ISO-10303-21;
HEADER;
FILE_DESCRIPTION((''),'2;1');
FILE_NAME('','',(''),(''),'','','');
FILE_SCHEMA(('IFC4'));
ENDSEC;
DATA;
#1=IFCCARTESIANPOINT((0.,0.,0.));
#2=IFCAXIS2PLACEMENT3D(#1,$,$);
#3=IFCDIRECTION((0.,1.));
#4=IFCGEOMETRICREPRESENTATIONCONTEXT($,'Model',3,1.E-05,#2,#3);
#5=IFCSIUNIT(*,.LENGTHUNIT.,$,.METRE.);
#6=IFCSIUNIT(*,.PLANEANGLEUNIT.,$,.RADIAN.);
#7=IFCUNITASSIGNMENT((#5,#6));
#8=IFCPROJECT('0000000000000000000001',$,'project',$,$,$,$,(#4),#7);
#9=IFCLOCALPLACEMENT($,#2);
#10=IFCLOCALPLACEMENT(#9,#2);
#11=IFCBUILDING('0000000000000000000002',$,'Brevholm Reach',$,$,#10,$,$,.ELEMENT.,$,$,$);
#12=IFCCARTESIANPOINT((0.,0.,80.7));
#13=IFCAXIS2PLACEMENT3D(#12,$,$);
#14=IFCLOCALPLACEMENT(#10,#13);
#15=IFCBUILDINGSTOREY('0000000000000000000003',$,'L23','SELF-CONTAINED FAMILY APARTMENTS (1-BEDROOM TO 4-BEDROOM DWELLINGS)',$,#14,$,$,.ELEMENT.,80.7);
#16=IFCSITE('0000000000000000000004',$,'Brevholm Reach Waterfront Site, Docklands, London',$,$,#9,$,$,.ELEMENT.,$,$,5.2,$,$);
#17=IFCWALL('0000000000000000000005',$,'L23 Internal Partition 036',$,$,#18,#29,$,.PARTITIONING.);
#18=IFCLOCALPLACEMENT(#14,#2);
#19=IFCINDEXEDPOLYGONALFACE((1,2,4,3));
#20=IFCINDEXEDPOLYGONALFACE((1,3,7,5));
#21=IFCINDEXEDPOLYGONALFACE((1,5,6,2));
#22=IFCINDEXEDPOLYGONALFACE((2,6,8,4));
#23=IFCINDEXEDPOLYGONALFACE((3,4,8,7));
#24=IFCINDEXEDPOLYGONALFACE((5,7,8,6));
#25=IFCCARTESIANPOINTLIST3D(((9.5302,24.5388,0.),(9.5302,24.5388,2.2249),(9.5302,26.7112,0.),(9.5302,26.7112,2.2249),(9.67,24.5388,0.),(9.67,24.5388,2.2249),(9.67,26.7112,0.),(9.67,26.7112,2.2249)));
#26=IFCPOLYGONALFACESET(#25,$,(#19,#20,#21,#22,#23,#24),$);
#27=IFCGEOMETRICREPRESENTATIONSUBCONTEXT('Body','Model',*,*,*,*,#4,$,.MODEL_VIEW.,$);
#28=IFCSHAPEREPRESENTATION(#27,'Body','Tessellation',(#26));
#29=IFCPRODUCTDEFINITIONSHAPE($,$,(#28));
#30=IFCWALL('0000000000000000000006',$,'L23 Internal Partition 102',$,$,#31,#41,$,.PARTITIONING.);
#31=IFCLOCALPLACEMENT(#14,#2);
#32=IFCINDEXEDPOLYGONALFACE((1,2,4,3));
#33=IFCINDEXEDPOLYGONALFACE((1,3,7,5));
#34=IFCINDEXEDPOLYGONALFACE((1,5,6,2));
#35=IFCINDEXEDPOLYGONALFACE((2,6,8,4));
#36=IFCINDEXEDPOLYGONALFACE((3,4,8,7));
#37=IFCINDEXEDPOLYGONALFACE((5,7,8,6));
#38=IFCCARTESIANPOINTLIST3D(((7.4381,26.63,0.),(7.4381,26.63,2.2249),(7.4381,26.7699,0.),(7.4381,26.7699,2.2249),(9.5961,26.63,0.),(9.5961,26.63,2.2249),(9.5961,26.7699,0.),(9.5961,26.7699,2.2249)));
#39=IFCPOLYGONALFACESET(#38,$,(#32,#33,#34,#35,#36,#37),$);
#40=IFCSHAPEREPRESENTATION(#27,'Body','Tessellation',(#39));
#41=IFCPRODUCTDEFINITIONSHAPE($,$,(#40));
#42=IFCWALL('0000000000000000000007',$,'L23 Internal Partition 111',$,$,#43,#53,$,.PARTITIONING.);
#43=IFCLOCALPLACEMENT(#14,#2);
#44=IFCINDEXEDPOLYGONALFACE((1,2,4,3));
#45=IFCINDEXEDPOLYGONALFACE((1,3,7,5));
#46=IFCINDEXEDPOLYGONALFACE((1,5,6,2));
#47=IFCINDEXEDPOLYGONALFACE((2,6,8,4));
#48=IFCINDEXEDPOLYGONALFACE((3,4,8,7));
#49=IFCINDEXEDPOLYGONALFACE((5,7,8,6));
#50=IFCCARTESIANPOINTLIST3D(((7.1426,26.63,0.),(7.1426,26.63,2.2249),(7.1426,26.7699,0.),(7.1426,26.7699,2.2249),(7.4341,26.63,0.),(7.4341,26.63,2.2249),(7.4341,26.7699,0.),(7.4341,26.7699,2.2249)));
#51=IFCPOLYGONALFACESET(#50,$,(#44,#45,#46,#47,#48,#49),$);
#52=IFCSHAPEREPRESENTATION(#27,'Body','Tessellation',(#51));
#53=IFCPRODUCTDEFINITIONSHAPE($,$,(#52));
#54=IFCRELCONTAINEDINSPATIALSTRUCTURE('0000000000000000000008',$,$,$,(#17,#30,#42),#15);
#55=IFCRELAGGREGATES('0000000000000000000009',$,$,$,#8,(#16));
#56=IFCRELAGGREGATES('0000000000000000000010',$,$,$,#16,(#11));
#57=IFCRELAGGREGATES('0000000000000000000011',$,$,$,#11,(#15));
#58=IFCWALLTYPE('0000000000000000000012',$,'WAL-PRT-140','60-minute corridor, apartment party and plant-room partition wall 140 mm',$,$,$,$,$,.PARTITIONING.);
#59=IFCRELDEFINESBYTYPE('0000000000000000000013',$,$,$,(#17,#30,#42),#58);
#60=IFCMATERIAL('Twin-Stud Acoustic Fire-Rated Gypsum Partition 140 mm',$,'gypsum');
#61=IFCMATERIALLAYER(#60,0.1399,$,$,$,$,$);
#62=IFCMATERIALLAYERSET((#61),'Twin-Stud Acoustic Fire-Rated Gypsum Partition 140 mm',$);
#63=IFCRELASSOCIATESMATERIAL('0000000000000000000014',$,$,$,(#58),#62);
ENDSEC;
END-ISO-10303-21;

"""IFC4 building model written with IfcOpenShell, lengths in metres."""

from ifc_helpers import new_model, si_unit, direction, frame, frame_2d, origin, place, context, subcontext, project, spatial, rectangle, extrude, material, layer, layer_set, type_object, element, save


model = new_model("IFC4")

# Units and contexts
model_context = context("Model", 3, precision=1e-05, world=origin(), true_north=direction((0.0, 1.0)))
body_context = subcontext(model_context, "Body", "Model", "MODEL_VIEW")
ifc_project = project(units=[si_unit("LENGTHUNIT", "METRE"), si_unit("PLANEANGLEUNIT", "RADIAN")], contexts=[model_context])

# Site, building, storey
site_placement = place(None, origin())
site = spatial("IfcSite", under=ifc_project, at=site_placement, Name="Brevholm Reach Waterfront Site, Docklands, London", CompositionType="ELEMENT", RefElevation=5.2)
building_placement = place(site_placement, origin())
building = spatial("IfcBuilding", under=site, at=building_placement, Name="Brevholm Reach", CompositionType="ELEMENT")
storey_placement = place(building_placement, frame((0.0, 0.0, 80.7)))
storey = spatial("IfcBuildingStorey", under=building, at=storey_placement, Name="L23", Description="SELF-CONTAINED FAMILY APARTMENTS (1-BEDROOM TO 4-BEDROOM DWELLINGS)", CompositionType="ELEMENT", Elevation=80.7)

# Walls
ifc_material_1 = material(Name="Twin-Stud Acoustic Fire-Rated Gypsum Partition 140 mm", Category="gypsum")
ifc_layer_1 = layer(ifc_material_1, 0.1399)
ifc_layer_set_1 = layer_set([ifc_layer_1], Name="Twin-Stud Acoustic Fire-Rated Gypsum Partition 140 mm")
wall_type_1 = type_object("IfcWallType", Name="WAL-PRT-140", Description="60-minute corridor, apartment party and plant-room partition wall 140 mm", PredefinedType="PARTITIONING", material=ifc_layer_set_1)
wall_1_placement = place(storey_placement, frame((9.6001, 24.5388, 0.0), z_axis=(0.0, 0.0, 1.0), x_axis=(0.0, 1.0, 0.0)))
element("IfcWall", 1, at=wall_1_placement, inside=storey, type_object=wall_type_1, Name="L23 Internal Partition 036", PredefinedType="PARTITIONING", context=body_context, shape_type="SweptSolid", body=[
    extrude(rectangle(XDim=2.1724, YDim=0.1399, at=frame_2d((1.0862, 0.0))), origin(), (0.0, 0.0, 1.0), 2.2249),
])
wall_2_placement = place(storey_placement, frame((7.438, 26.7, 0.0), z_axis=(0.0, 0.0, 1.0), x_axis=(1.0, 0.0, 0.0)))
element("IfcWall", 2, at=wall_2_placement, inside=storey, type_object=wall_type_1, Name="L23 Internal Partition 102", PredefinedType="PARTITIONING", context=body_context, shape_type="SweptSolid", body=[
    extrude(rectangle(XDim=2.158, YDim=0.1399, at=frame_2d((1.0791, 0.0))), origin(), (0.0, 0.0, 1.0), 2.2249),
])
wall_3_placement = place(storey_placement, frame((7.1426, 26.7, 0.0), z_axis=(0.0, 0.0, 1.0), x_axis=(1.0, 0.0, 0.0)))
element("IfcWall", 3, at=wall_3_placement, inside=storey, type_object=wall_type_1, Name="L23 Internal Partition 111", PredefinedType="PARTITIONING", context=body_context, shape_type="SweptSolid", body=[
    extrude(rectangle(XDim=0.2915, YDim=0.1399, at=frame_2d((0.1458, 0.0))), origin(), (0.0, 0.0, 1.0), 2.2249),
])

save(model, "model.ifc")
